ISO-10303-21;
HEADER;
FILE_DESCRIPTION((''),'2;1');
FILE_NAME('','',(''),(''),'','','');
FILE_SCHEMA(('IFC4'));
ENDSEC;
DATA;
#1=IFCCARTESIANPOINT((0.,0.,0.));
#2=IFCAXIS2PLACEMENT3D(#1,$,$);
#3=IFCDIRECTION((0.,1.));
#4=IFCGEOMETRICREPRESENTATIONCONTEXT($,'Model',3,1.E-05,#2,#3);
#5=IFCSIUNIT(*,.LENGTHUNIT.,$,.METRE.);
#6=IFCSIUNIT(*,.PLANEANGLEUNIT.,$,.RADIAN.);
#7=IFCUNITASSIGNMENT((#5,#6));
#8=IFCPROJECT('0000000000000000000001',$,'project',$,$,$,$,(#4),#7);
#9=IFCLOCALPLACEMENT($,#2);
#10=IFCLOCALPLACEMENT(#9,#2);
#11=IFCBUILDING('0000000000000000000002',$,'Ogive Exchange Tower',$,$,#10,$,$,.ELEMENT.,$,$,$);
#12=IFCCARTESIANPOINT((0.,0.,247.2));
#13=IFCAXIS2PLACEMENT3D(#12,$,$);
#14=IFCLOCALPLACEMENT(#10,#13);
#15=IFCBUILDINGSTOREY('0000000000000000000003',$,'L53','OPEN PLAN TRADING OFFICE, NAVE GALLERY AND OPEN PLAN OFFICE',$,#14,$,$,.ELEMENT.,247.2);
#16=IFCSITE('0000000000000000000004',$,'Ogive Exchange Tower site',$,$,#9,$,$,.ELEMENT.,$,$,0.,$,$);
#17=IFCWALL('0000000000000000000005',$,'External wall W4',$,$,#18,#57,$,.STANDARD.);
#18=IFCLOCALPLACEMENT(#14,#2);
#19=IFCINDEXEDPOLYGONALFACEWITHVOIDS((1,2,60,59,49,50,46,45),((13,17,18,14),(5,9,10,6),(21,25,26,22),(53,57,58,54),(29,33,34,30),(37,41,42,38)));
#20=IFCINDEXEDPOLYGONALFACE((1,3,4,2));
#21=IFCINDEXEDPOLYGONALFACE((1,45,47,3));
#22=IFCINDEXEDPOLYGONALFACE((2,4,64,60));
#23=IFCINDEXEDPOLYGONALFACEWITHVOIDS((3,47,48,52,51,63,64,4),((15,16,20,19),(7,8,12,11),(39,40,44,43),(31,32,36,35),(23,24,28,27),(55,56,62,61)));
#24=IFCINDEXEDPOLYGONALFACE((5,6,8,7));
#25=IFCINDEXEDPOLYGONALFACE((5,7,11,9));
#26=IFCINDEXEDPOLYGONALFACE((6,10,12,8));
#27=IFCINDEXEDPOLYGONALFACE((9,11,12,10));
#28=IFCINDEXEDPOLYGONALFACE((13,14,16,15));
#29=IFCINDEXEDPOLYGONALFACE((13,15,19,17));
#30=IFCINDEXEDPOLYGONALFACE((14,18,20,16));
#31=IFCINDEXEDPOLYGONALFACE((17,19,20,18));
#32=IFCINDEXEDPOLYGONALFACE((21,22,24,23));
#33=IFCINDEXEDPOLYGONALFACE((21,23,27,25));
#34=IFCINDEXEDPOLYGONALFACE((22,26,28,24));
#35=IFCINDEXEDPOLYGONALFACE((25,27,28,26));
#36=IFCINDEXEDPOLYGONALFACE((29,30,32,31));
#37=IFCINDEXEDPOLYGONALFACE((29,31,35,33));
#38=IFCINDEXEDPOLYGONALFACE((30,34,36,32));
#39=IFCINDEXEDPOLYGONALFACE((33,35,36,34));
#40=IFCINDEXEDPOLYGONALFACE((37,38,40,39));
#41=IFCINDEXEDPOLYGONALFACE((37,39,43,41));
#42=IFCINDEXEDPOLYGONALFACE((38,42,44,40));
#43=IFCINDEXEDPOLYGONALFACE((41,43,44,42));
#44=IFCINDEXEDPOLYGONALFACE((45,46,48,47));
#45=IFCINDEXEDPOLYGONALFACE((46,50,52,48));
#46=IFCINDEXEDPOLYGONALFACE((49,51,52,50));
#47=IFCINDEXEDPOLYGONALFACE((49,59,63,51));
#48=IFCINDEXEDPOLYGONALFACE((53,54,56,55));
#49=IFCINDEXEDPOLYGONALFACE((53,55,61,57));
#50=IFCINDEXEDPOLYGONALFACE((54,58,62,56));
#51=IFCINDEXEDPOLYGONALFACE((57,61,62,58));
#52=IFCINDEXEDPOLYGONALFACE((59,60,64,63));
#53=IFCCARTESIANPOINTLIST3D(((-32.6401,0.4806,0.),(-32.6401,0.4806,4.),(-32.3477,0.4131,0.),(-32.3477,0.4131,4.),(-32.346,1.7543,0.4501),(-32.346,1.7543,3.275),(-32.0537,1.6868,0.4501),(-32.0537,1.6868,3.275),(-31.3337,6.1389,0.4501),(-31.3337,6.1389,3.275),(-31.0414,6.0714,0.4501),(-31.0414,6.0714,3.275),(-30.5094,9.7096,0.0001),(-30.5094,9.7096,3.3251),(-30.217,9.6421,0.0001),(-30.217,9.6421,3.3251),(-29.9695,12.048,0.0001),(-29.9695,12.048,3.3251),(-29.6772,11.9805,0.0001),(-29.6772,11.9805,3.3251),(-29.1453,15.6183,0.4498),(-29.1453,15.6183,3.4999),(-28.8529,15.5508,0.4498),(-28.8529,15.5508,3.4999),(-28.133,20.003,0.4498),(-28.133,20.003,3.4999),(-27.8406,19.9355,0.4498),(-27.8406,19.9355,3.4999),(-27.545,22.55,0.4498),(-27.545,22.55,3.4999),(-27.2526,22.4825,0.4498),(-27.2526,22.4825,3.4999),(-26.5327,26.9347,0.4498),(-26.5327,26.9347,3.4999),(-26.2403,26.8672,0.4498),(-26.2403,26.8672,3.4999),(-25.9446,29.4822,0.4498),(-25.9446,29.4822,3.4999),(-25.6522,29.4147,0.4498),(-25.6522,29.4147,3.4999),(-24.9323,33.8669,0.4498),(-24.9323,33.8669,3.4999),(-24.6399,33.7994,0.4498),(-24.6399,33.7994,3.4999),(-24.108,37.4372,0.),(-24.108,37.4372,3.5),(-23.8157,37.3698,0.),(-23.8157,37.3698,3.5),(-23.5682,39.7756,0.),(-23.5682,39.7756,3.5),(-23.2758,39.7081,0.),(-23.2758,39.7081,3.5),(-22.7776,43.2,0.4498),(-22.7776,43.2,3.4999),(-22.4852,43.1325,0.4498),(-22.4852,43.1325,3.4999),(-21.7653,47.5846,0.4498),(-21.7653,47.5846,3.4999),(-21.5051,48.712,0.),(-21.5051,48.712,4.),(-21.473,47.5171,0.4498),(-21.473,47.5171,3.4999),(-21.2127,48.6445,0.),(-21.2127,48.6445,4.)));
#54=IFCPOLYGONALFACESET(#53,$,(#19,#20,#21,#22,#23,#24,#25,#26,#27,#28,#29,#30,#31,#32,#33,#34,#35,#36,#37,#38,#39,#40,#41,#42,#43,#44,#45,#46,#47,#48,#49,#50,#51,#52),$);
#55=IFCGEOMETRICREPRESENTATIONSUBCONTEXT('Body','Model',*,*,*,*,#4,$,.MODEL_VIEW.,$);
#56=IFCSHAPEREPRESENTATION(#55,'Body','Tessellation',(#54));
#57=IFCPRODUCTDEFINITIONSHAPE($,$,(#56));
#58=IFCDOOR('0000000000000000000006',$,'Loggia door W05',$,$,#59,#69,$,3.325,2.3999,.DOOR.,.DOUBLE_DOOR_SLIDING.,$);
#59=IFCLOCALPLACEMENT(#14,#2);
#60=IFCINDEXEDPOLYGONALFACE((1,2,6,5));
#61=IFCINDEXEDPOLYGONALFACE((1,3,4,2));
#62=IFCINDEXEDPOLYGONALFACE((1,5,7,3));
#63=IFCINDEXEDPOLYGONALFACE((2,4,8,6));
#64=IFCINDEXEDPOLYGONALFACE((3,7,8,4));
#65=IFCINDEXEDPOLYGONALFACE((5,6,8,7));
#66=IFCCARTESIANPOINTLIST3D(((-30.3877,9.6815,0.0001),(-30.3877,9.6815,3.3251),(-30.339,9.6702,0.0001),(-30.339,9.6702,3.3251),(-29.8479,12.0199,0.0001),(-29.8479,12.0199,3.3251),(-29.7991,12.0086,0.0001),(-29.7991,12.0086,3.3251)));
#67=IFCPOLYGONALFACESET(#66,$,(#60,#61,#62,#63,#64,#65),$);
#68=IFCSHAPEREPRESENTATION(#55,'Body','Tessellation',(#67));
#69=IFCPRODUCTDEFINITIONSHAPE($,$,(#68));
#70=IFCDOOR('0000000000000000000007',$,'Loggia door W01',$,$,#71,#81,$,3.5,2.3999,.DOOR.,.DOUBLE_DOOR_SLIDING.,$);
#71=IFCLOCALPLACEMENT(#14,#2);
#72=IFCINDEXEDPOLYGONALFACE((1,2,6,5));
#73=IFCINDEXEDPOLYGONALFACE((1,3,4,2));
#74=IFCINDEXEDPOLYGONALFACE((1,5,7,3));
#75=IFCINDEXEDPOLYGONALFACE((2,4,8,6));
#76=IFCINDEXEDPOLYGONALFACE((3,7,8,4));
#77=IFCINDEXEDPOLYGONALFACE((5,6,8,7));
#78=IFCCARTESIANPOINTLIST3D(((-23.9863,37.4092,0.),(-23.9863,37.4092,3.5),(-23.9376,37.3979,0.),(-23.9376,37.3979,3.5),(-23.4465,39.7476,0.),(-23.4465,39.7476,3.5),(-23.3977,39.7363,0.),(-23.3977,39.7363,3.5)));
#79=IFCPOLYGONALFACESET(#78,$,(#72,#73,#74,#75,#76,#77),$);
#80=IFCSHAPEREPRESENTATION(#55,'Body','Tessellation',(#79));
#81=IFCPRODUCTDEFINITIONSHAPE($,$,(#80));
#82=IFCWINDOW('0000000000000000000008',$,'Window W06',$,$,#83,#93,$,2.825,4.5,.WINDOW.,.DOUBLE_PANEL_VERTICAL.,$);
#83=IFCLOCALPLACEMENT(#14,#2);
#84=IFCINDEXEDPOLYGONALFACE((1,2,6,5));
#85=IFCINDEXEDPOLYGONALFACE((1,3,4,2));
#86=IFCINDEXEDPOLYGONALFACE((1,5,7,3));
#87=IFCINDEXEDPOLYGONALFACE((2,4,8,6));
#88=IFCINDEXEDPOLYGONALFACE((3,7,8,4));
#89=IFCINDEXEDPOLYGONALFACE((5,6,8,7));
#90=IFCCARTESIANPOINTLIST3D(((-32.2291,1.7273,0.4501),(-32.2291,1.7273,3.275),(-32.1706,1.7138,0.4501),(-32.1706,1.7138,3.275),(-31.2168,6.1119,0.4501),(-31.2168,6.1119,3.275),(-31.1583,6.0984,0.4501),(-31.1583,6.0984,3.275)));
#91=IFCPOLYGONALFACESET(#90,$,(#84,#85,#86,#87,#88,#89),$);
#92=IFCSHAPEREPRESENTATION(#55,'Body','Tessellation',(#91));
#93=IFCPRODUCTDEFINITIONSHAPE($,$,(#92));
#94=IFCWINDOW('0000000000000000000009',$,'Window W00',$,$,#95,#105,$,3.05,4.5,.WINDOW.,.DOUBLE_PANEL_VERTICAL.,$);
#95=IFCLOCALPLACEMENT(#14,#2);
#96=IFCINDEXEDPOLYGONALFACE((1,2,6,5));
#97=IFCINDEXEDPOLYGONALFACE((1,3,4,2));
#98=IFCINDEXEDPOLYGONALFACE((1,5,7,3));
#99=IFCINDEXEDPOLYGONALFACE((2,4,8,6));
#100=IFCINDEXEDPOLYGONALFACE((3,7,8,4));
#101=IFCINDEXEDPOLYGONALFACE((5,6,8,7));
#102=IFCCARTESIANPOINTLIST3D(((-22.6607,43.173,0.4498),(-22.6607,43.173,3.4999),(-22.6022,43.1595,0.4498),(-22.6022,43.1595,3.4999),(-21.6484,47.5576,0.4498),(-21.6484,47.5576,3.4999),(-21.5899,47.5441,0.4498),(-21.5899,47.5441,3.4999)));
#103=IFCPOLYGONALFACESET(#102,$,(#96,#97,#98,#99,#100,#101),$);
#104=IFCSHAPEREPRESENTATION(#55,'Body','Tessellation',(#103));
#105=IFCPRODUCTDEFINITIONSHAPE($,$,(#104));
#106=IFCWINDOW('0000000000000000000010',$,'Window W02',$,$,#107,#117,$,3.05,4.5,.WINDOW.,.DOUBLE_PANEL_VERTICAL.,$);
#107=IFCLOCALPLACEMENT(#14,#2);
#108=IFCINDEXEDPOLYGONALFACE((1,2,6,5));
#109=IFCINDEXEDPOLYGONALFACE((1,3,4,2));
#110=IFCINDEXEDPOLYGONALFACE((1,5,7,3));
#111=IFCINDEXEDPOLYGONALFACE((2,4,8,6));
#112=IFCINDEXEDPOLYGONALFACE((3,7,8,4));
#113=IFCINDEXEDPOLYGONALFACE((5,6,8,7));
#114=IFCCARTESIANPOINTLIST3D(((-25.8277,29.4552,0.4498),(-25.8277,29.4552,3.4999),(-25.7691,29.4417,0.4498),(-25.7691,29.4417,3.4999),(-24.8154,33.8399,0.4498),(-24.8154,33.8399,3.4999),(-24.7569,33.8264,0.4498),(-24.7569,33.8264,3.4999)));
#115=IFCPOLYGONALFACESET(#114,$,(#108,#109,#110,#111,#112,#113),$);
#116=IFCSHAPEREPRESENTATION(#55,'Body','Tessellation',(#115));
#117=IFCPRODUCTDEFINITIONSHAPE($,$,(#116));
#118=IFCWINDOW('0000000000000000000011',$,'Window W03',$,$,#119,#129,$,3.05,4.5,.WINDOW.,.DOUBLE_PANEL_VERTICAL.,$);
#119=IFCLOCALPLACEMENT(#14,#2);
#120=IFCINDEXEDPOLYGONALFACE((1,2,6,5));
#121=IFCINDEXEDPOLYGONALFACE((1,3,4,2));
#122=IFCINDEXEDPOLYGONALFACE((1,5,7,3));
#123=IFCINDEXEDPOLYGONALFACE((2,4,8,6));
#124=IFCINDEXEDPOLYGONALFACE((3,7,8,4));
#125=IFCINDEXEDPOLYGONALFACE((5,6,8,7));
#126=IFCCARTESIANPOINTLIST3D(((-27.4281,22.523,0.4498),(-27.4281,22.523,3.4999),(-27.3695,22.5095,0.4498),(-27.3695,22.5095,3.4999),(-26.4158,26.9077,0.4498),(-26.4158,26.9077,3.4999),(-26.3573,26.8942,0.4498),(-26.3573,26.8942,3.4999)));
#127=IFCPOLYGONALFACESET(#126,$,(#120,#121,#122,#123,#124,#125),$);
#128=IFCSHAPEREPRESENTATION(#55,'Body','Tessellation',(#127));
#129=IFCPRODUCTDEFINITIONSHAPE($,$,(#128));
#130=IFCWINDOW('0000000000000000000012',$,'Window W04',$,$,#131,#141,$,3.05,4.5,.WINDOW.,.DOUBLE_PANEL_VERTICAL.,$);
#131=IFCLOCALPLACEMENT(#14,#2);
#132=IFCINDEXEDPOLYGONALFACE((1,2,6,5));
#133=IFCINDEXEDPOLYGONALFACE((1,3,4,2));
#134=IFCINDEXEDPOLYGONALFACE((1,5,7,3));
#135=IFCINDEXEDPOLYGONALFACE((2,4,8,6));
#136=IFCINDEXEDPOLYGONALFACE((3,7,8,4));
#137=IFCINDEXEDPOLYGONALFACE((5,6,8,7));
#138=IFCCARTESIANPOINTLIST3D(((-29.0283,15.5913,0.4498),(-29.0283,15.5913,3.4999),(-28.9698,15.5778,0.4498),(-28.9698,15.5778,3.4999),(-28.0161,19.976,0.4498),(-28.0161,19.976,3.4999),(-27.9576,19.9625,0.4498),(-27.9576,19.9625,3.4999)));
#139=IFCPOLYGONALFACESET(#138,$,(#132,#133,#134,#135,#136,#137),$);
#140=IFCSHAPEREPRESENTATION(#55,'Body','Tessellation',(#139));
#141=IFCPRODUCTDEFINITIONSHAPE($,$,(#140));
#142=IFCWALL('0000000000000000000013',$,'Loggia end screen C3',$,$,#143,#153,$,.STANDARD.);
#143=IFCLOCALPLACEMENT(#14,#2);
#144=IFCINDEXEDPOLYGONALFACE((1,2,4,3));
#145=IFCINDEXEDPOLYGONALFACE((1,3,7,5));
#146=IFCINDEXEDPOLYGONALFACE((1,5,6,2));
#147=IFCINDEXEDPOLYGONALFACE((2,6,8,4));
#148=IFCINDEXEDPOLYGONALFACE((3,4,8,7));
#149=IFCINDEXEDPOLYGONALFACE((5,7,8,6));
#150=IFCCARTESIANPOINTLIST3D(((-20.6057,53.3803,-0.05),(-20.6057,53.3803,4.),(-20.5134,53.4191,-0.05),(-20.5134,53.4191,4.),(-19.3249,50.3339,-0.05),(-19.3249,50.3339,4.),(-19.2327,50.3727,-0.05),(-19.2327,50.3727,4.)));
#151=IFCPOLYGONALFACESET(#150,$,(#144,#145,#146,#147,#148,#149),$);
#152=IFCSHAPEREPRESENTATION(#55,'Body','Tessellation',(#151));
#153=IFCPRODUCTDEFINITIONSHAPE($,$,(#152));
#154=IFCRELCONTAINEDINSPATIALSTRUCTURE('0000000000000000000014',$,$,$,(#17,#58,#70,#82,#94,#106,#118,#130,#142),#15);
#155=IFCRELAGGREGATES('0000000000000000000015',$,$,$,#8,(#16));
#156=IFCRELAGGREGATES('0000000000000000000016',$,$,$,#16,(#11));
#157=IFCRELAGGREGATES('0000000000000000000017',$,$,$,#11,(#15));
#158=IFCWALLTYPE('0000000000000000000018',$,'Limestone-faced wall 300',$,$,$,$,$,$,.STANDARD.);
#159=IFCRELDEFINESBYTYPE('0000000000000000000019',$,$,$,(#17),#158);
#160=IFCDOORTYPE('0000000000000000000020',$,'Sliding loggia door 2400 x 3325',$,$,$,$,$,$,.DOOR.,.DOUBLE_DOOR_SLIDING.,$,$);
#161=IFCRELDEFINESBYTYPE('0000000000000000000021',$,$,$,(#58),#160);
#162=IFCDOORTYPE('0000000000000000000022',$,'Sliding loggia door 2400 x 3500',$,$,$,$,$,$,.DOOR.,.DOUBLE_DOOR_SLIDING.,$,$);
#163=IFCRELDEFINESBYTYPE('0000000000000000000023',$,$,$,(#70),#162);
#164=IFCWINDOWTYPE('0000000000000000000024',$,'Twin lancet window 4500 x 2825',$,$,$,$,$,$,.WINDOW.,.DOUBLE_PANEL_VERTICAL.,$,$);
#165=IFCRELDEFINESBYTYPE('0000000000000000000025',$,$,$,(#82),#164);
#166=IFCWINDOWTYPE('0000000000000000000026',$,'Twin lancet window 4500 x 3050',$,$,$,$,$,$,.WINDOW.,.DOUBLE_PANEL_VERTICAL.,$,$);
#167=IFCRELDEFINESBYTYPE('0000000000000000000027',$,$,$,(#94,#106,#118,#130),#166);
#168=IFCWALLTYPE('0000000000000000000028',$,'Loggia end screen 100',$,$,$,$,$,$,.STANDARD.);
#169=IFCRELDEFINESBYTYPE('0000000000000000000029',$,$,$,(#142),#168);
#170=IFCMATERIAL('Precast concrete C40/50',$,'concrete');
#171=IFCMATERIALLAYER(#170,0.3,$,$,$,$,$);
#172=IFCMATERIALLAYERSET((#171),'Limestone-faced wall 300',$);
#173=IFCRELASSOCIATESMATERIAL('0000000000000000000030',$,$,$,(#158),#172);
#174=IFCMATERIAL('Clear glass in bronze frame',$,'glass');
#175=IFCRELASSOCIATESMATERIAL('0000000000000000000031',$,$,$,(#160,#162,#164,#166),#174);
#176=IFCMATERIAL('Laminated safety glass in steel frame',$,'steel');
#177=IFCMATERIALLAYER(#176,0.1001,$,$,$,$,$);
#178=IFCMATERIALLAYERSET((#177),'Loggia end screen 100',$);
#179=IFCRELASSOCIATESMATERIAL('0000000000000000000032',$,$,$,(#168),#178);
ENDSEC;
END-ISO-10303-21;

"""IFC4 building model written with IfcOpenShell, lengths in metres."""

from ifc_helpers import new_model, si_unit, direction, frame, frame_2d, origin, place, context, subcontext, project, spatial, rectangle, extrude, material, layer, layer_set, type_object, element, fill, save


model = new_model("IFC4")

# Units and contexts
model_context = context("Model", 3, precision=1e-05, world=origin(), true_north=direction((0.0, 1.0)))
body_context = subcontext(model_context, "Body", "Model", "MODEL_VIEW")
ifc_project = project(units=[si_unit("LENGTHUNIT", "METRE"), si_unit("PLANEANGLEUNIT", "RADIAN")], contexts=[model_context])

# Site, building, storey
site_placement = place(None, origin())
site = spatial("IfcSite", under=ifc_project, at=site_placement, Name="Ogive Exchange Tower site", CompositionType="ELEMENT", RefElevation=0.0)
building_placement = place(site_placement, origin())
building = spatial("IfcBuilding", under=site, at=building_placement, Name="Ogive Exchange Tower", CompositionType="ELEMENT")
storey_placement = place(building_placement, frame((0.0, 0.0, 247.2)))
storey = spatial("IfcBuildingStorey", under=building, at=storey_placement, Name="L53", Description="OPEN PLAN TRADING OFFICE, NAVE GALLERY AND OPEN PLAN OFFICE", CompositionType="ELEMENT", Elevation=247.2)

# Wall, openings, doors, windows
ifc_material_1 = material(Name="Precast concrete C40/50", Category="concrete")
ifc_layer_1 = layer(ifc_material_1, 0.3)
ifc_layer_set_1 = layer_set([ifc_layer_1], Name="Limestone-faced wall 300")
wall_type_1 = type_object("IfcWallType", Name="Limestone-faced wall 300", PredefinedType="STANDARD", material=ifc_layer_set_1)
wall_1_placement = place(storey_placement, frame((-21.3589, 48.6782, 0.0), z_axis=(0.0, 0.0, 1.0), x_axis=(-0.224949, -0.97437, 0.0)))
wall_1 = element("IfcWall", 1, at=wall_1_placement, inside=storey, type_object=wall_type_1, Name="External wall W4", PredefinedType="STANDARD", context=body_context, shape_type="SweptSolid", body=[
    extrude(rectangle(XDim=49.5, YDim=0.3, at=frame_2d((24.75, 0.0))), origin(), (0.0, 0.0, 1.0), 4.0),
])
opening_1_placement = place(wall_1_placement, frame((1.157, 0.0, 0.45)))
opening_1 = element("IfcOpeningElement", 2, at=opening_1_placement, cuts=wall_1, PredefinedType="OPENING", context=body_context, shape_type="SweptSolid", body=[
    extrude(rectangle(XDim=4.5, YDim=3.05, at=frame_2d((2.25, 1.5249))), frame((0.0, 0.1599, 0.0), z_axis=(0.0, -1.0, 0.0), x_axis=(1.0, 0.0, 0.0)), (0.0, 0.0, 1.0), 0.3201),
])
opening_2_placement = place(wall_1_placement, frame((9.1714, 0.0, 0.0)))
opening_2 = element("IfcOpeningElement", 3, at=opening_2_placement, cuts=wall_1, PredefinedType="OPENING", context=body_context, shape_type="SweptSolid", body=[
    extrude(rectangle(XDim=2.3999, YDim=3.5, at=frame_2d((1.2, 1.75))), frame((0.0, 0.1599, 0.0), z_axis=(0.0, -1.0, 0.0), x_axis=(1.0, 0.0, 0.0)), (0.0, 0.0, 1.0), 0.3201),
])
opening_3_placement = place(wall_1_placement, frame((15.2356, 0.0, 0.45)))
opening_3 = element("IfcOpeningElement", 4, at=opening_3_placement, cuts=wall_1, PredefinedType="OPENING", context=body_context, shape_type="SweptSolid", body=[
    extrude(rectangle(XDim=4.5, YDim=3.05, at=frame_2d((2.25, 1.5249))), frame((0.0, 0.1599, 0.0), z_axis=(0.0, -1.0, 0.0), x_axis=(1.0, 0.0, 0.0)), (0.0, 0.0, 1.0), 0.3201),
])
opening_4_placement = place(wall_1_placement, frame((22.3501, 0.0, 0.45)))
opening_4 = element("IfcOpeningElement", 5, at=opening_4_placement, cuts=wall_1, PredefinedType="OPENING", context=body_context, shape_type="SweptSolid", body=[
    extrude(rectangle(XDim=4.5, YDim=3.05, at=frame_2d((2.25, 1.5249))), frame((0.0, 0.1599, 0.0), z_axis=(0.0, -1.0, 0.0), x_axis=(1.0, 0.0, 0.0)), (0.0, 0.0, 1.0), 0.3201),
])
opening_5_placement = place(wall_1_placement, frame((29.4641, 0.0, 0.45)))
opening_5 = element("IfcOpeningElement", 6, at=opening_5_placement, cuts=wall_1, PredefinedType="OPENING", context=body_context, shape_type="SweptSolid", body=[
    extrude(rectangle(XDim=4.5, YDim=3.05, at=frame_2d((2.25, 1.5249))), frame((0.0, 0.1599, 0.0), z_axis=(0.0, -1.0, 0.0), x_axis=(1.0, 0.0, 0.0)), (0.0, 0.0, 1.0), 0.3201),
])
opening_6_placement = place(wall_1_placement, frame((37.6284, 0.0, 0.0)))
opening_6 = element("IfcOpeningElement", 7, at=opening_6_placement, cuts=wall_1, PredefinedType="OPENING", context=body_context, shape_type="SweptSolid", body=[
    extrude(rectangle(XDim=2.3999, YDim=3.325, at=frame_2d((1.2, 1.6626))), frame((0.0, 0.1599, 0.0), z_axis=(0.0, -1.0, 0.0), x_axis=(1.0, 0.0, 0.0)), (0.0, 0.0, 1.0), 0.3201),
])
opening_7_placement = place(wall_1_placement, frame((43.6929, 0.0, 0.45)))
opening_7 = element("IfcOpeningElement", 8, at=opening_7_placement, cuts=wall_1, PredefinedType="OPENING", context=body_context, shape_type="SweptSolid", body=[
    extrude(rectangle(XDim=4.5, YDim=2.825, at=frame_2d((2.25, 1.4126))), frame((0.0, 0.1599, 0.0), z_axis=(0.0, -1.0, 0.0), x_axis=(1.0, 0.0, 0.0)), (0.0, 0.0, 1.0), 0.3201),
])
ifc_material_2 = material(Name="Clear glass in bronze frame", Category="glass")
door_type_1 = type_object("IfcDoorType", Name="Sliding loggia door 2400 x 3325", OperationType="DOUBLE_DOOR_SLIDING", PredefinedType="DOOR", material=ifc_material_2)
door_1_placement = place(opening_6_placement, origin())
door_1 = element("IfcDoor", 9, at=door_1_placement, inside=storey, type_object=door_type_1, Name="Loggia door W05", OperationType="DOUBLE_DOOR_SLIDING", OverallHeight=3.325, OverallWidth=2.3999, PredefinedType="DOOR", context=body_context, shape_type="SweptSolid", body=[
    extrude(rectangle(XDim=2.3999, YDim=3.325, at=frame_2d((1.2, 1.6626))), frame((0.0, 0.0249, 0.0), z_axis=(0.0, -1.0, 0.0), x_axis=(1.0, 0.0, 0.0)), (0.0, 0.0, 1.0), 0.05),
])
fill(opening_6, door_1)
door_type_2 = type_object("IfcDoorType", Name="Sliding loggia door 2400 x 3500", OperationType="DOUBLE_DOOR_SLIDING", PredefinedType="DOOR", material=ifc_material_2)
door_2_placement = place(opening_2_placement, origin())
door_2 = element("IfcDoor", 10, at=door_2_placement, inside=storey, type_object=door_type_2, Name="Loggia door W01", OperationType="DOUBLE_DOOR_SLIDING", OverallHeight=3.5, OverallWidth=2.3999, PredefinedType="DOOR", context=body_context, shape_type="SweptSolid", body=[
    extrude(rectangle(XDim=2.3999, YDim=3.5, at=frame_2d((1.2, 1.75))), frame((0.0, 0.0249, 0.0), z_axis=(0.0, -1.0, 0.0), x_axis=(1.0, 0.0, 0.0)), (0.0, 0.0, 1.0), 0.05),
])
fill(opening_2, door_2)
window_type_1 = type_object("IfcWindowType", Name="Twin lancet window 4500 x 2825", PartitioningType="DOUBLE_PANEL_VERTICAL", PredefinedType="WINDOW", material=ifc_material_2)
window_1_placement = place(opening_7_placement, origin())
window_1 = element("IfcWindow", 11, at=window_1_placement, inside=storey, type_object=window_type_1, Name="Window W06", OverallHeight=2.825, OverallWidth=4.5, PartitioningType="DOUBLE_PANEL_VERTICAL", PredefinedType="WINDOW", context=body_context, shape_type="SweptSolid", body=[
    extrude(rectangle(XDim=4.5, YDim=2.825, at=frame_2d((2.25, 1.4126))), frame((0.0, 0.03, 0.0), z_axis=(0.0, -1.0, 0.0), x_axis=(1.0, 0.0, 0.0)), (0.0, 0.0, 1.0), 0.0601),
])
fill(opening_7, window_1)
window_type_2 = type_object("IfcWindowType", Name="Twin lancet window 4500 x 3050", PartitioningType="DOUBLE_PANEL_VERTICAL", PredefinedType="WINDOW", material=ifc_material_2)
window_2_placement = place(opening_1_placement, origin())
window_2 = element("IfcWindow", 12, at=window_2_placement, inside=storey, type_object=window_type_2, Name="Window W00", OverallHeight=3.05, OverallWidth=4.5, PartitioningType="DOUBLE_PANEL_VERTICAL", PredefinedType="WINDOW", context=body_context, shape_type="SweptSolid", body=[
    extrude(rectangle(XDim=4.5, YDim=3.05, at=frame_2d((2.25, 1.5249))), frame((0.0, 0.03, 0.0), z_axis=(0.0, -1.0, 0.0), x_axis=(1.0, 0.0, 0.0)), (0.0, 0.0, 1.0), 0.0601),
])
fill(opening_1, window_2)
window_3_placement = place(opening_3_placement, origin())
window_3 = element("IfcWindow", 13, at=window_3_placement, inside=storey, type_object=window_type_2, Name="Window W02", OverallHeight=3.05, OverallWidth=4.5, PartitioningType="DOUBLE_PANEL_VERTICAL", PredefinedType="WINDOW", context=body_context, shape_type="SweptSolid", body=[
    extrude(rectangle(XDim=4.5, YDim=3.05, at=frame_2d((2.25, 1.5249))), frame((0.0, 0.03, 0.0), z_axis=(0.0, -1.0, 0.0), x_axis=(1.0, 0.0, 0.0)), (0.0, 0.0, 1.0), 0.0601),
])
fill(opening_3, window_3)
window_4_placement = place(opening_4_placement, origin())
window_4 = element("IfcWindow", 14, at=window_4_placement, inside=storey, type_object=window_type_2, Name="Window W03", OverallHeight=3.05, OverallWidth=4.5, PartitioningType="DOUBLE_PANEL_VERTICAL", PredefinedType="WINDOW", context=body_context, shape_type="SweptSolid", body=[
    extrude(rectangle(XDim=4.5, YDim=3.05, at=frame_2d((2.25, 1.5249))), frame((0.0, 0.03, 0.0), z_axis=(0.0, -1.0, 0.0), x_axis=(1.0, 0.0, 0.0)), (0.0, 0.0, 1.0), 0.0601),
])
fill(opening_4, window_4)
window_5_placement = place(opening_5_placement, origin())
window_5 = element("IfcWindow", 15, at=window_5_placement, inside=storey, type_object=window_type_2, Name="Window W04", OverallHeight=3.05, OverallWidth=4.5, PartitioningType="DOUBLE_PANEL_VERTICAL", PredefinedType="WINDOW", context=body_context, shape_type="SweptSolid", body=[
    extrude(rectangle(XDim=4.5, YDim=3.05, at=frame_2d((2.25, 1.5249))), frame((0.0, 0.03, 0.0), z_axis=(0.0, -1.0, 0.0), x_axis=(1.0, 0.0, 0.0)), (0.0, 0.0, 1.0), 0.0601),
])
fill(opening_5, window_5)

# Wall
ifc_material_3 = material(Name="Laminated safety glass in steel frame", Category="steel")
ifc_layer_2 = layer(ifc_material_3, 0.1001)
ifc_layer_set_2 = layer_set([ifc_layer_2], Name="Loggia end screen 100")
wall_type_2 = type_object("IfcWallType", Name="Loggia end screen 100", PredefinedType="STANDARD", material=ifc_layer_set_2)
wall_2_placement = place(storey_placement, frame((-19.2788, 50.3533, -0.05), z_axis=(0.0, 0.0, 1.0), x_axis=(-0.387562, 0.921844, 0.0)))
element("IfcWall", 16, at=wall_2_placement, inside=storey, type_object=wall_type_2, Name="Loggia end screen C3", PredefinedType="STANDARD", context=body_context, shape_type="SweptSolid", body=[
    extrude(rectangle(XDim=3.3047, YDim=0.1001, at=frame_2d((1.6523, 0.0))), origin(), (0.0, 0.0, 1.0), 4.05),
])

save(model, "model.ifc")
